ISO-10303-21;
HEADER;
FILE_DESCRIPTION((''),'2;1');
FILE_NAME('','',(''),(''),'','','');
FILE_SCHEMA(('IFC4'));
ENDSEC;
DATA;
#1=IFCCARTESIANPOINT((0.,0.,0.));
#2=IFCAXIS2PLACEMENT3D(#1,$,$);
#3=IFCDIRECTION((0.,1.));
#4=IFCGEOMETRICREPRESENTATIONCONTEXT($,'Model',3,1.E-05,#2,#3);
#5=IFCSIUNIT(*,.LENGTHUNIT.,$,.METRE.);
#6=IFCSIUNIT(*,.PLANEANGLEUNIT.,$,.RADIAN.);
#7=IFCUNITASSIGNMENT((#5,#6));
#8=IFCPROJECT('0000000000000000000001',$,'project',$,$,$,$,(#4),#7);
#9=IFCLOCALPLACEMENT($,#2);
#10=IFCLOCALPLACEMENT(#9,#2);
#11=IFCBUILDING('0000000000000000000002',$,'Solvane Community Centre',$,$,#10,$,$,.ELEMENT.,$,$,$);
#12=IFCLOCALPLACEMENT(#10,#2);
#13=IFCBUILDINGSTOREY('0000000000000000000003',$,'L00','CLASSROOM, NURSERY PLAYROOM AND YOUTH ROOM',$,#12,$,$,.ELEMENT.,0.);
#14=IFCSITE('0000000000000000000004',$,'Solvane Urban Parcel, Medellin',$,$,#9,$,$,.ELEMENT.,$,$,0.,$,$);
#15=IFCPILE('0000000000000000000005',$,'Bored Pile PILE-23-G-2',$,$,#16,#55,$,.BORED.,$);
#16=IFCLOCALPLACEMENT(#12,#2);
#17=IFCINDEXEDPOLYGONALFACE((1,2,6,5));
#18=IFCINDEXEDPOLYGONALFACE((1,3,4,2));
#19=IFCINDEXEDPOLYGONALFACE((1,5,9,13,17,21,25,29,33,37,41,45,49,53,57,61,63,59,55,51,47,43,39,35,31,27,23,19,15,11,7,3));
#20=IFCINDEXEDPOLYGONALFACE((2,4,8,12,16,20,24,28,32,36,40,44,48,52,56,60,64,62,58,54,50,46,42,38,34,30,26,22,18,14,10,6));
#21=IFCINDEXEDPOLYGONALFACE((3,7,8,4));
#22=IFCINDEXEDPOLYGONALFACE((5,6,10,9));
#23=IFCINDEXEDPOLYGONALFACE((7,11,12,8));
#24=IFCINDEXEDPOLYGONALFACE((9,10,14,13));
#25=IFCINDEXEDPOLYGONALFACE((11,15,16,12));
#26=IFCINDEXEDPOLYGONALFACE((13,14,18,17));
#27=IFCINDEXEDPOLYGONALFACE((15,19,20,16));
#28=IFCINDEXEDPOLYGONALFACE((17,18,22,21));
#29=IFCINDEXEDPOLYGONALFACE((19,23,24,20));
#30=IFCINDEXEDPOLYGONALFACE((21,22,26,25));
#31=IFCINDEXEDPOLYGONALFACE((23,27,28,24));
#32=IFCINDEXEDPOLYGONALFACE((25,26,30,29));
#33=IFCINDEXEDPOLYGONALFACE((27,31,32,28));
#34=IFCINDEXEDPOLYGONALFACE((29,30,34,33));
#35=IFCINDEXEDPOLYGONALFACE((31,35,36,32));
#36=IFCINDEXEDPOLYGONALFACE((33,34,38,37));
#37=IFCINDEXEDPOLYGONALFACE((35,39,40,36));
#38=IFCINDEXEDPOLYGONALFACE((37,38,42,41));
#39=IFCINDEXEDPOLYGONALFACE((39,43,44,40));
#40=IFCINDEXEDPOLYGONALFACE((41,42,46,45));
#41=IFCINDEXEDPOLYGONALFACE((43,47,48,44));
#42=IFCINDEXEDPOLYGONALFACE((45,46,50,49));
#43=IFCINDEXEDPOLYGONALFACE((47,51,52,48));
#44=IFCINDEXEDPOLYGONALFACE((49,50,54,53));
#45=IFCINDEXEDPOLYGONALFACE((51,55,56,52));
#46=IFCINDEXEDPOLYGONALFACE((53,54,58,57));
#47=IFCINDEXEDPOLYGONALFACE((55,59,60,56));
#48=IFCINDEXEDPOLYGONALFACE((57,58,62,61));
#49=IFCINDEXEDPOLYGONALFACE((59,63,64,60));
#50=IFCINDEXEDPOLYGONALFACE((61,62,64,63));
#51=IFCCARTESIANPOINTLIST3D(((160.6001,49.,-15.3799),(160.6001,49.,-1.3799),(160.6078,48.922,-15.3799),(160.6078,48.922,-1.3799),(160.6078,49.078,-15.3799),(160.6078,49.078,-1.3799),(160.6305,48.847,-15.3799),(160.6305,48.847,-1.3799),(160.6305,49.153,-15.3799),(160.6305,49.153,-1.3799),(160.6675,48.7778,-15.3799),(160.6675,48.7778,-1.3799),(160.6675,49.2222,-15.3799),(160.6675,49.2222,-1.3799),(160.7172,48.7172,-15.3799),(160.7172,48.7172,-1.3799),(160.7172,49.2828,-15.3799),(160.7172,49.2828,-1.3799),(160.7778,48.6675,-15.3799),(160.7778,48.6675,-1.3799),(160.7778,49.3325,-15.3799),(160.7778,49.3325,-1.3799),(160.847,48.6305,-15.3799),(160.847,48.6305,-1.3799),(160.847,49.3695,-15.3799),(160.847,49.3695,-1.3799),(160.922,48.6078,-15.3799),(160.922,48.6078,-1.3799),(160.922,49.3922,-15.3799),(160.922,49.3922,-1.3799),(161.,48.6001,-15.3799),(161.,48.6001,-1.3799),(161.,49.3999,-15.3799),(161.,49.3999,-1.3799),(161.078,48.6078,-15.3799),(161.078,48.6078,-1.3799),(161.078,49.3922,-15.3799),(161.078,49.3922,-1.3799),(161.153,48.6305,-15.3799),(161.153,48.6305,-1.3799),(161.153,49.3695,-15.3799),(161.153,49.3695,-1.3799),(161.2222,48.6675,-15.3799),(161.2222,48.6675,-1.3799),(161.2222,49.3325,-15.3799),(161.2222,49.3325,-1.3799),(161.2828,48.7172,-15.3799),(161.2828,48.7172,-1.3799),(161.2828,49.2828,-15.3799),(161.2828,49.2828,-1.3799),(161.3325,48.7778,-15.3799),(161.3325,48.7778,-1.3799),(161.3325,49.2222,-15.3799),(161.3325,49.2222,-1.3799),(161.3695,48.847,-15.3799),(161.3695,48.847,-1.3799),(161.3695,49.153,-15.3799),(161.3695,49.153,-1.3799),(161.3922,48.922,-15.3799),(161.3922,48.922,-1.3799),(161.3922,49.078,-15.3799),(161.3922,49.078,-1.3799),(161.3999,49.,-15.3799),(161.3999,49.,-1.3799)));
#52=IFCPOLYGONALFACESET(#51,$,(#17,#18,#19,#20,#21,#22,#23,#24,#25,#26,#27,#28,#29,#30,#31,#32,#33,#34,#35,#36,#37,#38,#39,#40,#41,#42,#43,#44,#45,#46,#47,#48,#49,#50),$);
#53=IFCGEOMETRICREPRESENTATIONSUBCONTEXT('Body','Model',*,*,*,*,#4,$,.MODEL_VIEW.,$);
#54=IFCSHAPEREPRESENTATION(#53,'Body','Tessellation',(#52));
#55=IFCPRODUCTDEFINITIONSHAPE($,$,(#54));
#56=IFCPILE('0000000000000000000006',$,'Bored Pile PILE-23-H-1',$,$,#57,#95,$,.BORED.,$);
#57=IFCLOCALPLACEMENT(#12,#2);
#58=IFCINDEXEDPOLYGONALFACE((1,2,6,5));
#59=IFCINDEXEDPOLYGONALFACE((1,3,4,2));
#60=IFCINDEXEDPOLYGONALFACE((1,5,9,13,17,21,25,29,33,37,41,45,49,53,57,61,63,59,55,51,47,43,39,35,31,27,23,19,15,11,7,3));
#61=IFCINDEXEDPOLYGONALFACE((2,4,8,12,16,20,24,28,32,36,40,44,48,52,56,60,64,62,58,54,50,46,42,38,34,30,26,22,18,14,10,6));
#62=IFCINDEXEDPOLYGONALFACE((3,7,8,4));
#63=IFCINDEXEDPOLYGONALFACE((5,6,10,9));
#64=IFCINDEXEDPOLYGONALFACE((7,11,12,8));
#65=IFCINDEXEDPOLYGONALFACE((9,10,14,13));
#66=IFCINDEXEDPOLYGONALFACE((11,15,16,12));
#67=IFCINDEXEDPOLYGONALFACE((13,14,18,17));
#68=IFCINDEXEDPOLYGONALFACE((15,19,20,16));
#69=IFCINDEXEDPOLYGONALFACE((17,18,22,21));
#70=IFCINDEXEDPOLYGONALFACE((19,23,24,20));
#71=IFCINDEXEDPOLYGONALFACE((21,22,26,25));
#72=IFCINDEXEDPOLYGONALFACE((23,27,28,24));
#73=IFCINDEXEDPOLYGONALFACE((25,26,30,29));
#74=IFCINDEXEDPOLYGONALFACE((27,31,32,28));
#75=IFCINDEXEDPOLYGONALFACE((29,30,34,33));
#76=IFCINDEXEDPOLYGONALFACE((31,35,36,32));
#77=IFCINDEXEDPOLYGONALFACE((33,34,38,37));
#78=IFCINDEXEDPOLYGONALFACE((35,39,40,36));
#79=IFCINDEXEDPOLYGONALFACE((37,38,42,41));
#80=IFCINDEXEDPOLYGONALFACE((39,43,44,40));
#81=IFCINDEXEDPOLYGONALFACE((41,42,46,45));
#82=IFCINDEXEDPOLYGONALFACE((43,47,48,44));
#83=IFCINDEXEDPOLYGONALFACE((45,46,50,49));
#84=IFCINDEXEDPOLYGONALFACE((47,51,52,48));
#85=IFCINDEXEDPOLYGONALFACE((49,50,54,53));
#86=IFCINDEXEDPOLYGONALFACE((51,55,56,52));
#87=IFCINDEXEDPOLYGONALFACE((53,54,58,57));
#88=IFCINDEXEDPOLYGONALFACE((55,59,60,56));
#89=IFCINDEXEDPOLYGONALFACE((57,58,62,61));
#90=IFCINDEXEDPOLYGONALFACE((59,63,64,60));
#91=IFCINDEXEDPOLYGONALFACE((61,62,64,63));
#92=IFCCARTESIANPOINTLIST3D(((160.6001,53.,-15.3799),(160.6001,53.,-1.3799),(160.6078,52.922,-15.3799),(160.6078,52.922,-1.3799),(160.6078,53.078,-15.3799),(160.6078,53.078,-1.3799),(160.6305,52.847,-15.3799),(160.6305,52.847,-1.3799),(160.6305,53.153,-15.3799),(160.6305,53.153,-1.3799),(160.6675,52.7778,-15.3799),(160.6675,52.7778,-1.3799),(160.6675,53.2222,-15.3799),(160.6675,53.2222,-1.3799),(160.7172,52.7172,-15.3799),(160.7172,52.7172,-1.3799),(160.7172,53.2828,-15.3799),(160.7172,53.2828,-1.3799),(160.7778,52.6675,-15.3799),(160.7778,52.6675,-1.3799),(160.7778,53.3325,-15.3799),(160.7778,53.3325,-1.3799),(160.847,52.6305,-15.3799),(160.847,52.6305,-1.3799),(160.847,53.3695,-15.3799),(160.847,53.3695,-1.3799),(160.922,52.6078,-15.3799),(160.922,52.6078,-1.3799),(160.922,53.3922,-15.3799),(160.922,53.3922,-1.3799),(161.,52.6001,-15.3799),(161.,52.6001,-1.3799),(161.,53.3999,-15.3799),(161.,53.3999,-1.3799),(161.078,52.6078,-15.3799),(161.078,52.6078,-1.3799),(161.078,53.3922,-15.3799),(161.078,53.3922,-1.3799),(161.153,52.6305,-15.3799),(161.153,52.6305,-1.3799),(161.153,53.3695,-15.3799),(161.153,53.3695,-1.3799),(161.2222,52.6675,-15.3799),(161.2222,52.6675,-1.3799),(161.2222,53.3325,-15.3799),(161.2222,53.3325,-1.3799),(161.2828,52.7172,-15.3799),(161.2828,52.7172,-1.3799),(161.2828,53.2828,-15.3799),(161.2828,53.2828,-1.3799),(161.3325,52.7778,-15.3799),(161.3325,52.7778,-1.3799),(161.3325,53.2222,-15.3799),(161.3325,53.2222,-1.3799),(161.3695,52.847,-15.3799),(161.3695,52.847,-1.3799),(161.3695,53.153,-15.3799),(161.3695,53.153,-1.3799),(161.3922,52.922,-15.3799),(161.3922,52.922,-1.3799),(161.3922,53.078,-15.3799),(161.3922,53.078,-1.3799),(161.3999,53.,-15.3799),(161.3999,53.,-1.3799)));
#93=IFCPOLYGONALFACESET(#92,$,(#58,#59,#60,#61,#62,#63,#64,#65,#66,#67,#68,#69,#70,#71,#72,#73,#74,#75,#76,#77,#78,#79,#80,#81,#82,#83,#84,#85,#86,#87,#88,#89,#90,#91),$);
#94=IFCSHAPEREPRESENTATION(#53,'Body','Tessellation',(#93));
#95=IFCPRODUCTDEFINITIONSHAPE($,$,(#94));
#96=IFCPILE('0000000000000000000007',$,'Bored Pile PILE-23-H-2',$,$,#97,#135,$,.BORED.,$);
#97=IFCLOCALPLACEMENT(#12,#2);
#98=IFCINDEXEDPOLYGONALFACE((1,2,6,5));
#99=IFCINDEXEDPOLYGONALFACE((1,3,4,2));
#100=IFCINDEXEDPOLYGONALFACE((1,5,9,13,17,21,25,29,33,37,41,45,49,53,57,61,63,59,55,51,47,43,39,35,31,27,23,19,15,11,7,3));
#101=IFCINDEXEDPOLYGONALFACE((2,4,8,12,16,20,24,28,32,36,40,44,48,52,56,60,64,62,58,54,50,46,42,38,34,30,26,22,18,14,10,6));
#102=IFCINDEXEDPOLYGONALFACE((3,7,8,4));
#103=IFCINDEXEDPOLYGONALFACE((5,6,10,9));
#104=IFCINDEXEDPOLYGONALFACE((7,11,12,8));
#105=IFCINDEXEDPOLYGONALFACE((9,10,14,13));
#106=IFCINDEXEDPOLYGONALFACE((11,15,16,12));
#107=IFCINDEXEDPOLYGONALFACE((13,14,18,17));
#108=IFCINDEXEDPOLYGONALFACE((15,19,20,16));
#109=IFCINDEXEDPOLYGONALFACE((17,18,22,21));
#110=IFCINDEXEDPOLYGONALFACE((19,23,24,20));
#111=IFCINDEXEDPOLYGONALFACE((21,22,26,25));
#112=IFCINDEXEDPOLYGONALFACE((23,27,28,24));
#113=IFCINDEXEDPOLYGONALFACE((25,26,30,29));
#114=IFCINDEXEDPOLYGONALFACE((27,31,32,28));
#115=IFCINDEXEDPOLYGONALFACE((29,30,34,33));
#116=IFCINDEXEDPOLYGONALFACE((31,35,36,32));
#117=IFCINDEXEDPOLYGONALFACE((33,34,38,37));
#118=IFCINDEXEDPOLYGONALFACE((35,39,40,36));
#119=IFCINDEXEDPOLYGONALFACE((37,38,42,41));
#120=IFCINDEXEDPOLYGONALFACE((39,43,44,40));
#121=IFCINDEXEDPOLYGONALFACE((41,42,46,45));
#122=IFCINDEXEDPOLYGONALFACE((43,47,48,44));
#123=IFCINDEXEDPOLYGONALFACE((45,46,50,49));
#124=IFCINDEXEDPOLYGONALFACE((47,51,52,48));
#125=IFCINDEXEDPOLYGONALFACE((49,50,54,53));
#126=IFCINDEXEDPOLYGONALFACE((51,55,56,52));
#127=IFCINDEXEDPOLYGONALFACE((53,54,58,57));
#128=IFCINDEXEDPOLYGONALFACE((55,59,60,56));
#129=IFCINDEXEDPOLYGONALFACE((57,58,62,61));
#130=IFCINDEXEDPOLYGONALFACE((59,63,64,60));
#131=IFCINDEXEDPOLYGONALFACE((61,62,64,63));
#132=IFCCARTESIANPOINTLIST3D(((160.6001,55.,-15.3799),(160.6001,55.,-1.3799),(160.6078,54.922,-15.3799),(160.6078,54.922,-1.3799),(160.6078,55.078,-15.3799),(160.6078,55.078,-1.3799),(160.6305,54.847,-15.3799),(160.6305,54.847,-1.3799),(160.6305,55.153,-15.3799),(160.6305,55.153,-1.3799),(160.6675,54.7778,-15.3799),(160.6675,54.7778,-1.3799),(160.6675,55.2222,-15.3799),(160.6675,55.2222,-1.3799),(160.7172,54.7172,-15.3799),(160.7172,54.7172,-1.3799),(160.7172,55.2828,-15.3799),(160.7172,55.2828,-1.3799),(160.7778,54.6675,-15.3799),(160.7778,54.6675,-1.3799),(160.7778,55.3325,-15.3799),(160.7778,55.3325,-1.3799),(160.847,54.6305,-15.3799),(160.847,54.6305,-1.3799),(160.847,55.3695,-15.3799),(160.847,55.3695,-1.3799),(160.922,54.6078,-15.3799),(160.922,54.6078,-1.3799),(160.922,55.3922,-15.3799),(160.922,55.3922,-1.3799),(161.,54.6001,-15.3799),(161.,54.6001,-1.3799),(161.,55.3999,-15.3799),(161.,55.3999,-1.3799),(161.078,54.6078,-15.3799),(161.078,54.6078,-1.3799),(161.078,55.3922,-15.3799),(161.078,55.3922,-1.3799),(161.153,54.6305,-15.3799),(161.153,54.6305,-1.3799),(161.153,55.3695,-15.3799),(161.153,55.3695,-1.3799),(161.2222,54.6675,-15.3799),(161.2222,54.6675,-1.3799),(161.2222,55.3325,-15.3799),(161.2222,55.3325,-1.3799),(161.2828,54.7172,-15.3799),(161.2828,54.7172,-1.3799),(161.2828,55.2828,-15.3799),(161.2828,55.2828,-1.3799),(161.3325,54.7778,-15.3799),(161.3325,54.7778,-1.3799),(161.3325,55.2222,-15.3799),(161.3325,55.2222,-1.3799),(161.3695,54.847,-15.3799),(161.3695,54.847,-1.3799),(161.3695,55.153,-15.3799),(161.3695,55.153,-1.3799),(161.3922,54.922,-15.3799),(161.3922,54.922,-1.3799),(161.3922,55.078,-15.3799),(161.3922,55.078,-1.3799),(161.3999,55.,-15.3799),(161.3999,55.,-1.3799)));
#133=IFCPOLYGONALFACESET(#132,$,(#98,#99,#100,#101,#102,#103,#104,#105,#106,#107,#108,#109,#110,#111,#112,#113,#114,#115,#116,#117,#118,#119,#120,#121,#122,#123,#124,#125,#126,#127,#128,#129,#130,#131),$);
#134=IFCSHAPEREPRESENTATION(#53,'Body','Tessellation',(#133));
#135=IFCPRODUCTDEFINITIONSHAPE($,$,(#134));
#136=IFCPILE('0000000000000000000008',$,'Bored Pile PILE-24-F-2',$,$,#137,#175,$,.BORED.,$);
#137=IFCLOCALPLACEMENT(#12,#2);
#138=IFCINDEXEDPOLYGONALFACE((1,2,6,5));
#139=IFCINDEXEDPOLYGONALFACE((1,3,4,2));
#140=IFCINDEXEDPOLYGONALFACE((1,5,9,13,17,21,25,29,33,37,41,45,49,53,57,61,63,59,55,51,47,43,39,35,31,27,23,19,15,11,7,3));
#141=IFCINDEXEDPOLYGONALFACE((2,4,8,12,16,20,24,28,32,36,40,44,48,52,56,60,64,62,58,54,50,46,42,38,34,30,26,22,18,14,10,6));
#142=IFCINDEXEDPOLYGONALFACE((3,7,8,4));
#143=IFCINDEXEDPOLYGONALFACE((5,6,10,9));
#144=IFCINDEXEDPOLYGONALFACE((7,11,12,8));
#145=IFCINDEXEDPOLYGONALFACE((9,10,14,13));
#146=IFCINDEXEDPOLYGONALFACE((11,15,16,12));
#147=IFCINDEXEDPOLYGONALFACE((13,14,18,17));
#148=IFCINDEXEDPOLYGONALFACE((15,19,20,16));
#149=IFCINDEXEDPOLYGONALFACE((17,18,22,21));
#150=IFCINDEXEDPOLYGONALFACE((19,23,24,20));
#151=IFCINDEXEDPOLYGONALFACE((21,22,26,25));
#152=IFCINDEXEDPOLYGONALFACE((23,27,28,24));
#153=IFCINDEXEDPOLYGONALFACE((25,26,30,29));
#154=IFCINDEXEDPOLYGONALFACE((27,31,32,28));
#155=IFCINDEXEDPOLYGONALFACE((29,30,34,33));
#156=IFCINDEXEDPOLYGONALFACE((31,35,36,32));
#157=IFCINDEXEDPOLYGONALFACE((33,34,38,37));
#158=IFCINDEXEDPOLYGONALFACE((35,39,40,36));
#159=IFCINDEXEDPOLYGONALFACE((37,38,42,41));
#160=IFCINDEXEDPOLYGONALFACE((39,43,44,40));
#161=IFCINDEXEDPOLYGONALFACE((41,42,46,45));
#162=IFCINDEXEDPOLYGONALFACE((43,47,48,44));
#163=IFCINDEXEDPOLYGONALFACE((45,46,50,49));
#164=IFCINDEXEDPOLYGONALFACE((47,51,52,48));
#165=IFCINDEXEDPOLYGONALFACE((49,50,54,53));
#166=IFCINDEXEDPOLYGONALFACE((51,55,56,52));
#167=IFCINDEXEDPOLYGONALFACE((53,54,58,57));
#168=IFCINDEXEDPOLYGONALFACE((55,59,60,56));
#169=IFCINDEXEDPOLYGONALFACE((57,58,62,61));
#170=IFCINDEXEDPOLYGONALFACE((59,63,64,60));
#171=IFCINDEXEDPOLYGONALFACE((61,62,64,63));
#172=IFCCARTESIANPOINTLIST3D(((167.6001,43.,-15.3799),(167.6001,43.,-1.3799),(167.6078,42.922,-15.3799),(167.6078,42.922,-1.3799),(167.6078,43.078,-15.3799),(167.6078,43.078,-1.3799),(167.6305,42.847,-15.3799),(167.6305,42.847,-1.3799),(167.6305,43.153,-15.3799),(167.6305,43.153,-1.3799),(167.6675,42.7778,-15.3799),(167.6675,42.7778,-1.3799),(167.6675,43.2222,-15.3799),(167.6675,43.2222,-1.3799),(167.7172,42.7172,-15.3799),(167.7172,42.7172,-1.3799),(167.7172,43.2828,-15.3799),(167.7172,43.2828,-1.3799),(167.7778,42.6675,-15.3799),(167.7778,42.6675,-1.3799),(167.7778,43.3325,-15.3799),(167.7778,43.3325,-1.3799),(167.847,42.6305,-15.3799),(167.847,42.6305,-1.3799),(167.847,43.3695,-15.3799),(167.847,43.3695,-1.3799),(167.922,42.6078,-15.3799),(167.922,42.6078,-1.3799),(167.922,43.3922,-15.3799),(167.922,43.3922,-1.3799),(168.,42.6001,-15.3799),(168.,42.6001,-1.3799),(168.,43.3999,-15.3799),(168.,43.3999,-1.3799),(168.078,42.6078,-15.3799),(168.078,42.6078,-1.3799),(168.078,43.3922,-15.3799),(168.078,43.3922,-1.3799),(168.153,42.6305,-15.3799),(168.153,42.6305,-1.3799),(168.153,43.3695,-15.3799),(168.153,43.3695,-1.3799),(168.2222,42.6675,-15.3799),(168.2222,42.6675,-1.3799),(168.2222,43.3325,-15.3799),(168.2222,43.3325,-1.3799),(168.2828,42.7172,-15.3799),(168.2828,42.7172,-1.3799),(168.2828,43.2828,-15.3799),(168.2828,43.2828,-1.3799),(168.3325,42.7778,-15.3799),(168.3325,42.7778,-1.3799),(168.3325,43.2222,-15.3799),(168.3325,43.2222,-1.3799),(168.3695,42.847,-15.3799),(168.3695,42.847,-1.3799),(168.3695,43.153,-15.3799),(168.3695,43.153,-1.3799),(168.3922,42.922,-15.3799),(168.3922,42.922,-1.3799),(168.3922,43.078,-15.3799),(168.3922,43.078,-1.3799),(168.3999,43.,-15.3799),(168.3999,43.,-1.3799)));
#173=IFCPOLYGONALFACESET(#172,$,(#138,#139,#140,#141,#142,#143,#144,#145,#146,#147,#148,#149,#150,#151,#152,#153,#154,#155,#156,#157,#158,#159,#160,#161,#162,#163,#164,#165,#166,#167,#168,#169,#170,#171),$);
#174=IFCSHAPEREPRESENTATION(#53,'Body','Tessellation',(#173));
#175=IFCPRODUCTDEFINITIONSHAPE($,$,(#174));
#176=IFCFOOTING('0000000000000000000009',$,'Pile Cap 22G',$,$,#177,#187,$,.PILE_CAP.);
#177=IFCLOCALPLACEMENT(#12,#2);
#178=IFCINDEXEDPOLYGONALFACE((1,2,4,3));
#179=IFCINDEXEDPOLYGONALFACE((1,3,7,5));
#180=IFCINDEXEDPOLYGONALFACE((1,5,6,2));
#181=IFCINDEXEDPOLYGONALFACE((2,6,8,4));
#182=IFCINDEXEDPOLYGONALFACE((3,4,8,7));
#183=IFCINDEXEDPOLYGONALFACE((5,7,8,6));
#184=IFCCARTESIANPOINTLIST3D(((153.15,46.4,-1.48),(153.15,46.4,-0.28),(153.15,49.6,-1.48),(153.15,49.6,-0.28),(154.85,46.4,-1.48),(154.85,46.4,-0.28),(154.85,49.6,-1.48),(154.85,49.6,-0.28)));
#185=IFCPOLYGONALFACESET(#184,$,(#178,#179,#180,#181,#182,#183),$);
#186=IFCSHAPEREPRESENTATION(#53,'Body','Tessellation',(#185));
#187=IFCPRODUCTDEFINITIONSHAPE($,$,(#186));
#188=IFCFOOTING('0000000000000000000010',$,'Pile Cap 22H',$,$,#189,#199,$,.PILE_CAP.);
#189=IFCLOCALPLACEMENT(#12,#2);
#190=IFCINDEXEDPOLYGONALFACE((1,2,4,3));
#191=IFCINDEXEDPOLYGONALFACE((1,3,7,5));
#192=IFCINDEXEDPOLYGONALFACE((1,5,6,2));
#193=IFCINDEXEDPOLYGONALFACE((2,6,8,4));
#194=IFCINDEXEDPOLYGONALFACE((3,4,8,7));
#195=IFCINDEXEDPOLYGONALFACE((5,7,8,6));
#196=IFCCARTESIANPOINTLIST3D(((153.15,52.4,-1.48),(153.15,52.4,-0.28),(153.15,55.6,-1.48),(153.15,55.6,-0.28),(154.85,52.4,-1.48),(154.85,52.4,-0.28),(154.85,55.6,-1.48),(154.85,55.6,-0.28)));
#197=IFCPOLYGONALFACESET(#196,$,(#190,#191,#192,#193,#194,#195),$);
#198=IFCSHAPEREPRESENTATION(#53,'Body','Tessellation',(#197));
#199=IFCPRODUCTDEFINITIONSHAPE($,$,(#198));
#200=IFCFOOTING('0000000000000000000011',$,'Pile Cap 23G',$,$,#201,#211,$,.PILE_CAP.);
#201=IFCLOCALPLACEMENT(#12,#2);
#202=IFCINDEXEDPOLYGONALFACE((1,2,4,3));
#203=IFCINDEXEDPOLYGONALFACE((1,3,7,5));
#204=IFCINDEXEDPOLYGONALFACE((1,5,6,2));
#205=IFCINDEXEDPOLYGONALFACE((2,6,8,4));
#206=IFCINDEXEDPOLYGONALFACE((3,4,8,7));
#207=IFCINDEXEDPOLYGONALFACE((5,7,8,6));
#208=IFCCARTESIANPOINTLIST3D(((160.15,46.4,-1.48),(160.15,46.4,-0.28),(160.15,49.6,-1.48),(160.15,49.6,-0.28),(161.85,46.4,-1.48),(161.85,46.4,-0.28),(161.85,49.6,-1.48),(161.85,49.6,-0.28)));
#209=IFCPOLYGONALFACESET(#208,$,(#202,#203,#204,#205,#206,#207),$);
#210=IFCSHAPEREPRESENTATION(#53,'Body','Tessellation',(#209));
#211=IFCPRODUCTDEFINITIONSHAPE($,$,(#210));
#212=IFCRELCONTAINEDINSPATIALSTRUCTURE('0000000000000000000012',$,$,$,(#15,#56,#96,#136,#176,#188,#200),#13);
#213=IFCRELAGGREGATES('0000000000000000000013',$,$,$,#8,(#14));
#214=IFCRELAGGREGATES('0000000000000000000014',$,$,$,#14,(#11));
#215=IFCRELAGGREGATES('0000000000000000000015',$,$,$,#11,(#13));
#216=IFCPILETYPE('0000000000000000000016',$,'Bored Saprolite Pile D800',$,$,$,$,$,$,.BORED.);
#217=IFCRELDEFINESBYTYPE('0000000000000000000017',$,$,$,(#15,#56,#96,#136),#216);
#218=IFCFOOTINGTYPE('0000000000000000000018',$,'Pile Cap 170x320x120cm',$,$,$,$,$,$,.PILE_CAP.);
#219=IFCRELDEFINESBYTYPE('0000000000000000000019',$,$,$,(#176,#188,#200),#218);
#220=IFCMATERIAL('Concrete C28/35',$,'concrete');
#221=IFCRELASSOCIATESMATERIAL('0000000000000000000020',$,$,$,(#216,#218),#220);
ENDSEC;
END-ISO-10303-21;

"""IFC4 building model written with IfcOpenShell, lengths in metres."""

from ifc_helpers import new_model, si_unit, direction, frame, origin, origin_2d, place, context, subcontext, project, spatial, rectangle, circle, extrude, material, material_profile, profile_set, type_object, element, save


model = new_model("IFC4")

# Units and contexts
model_context = context("Model", 3, precision=1e-05, world=origin(), true_north=direction((0.0, 1.0)))
body_context = subcontext(model_context, "Body", "Model", "MODEL_VIEW")
ifc_project = project(units=[si_unit("LENGTHUNIT", "METRE"), si_unit("PLANEANGLEUNIT", "RADIAN")], contexts=[model_context])

# Site, building, storey
site_placement = place(None, origin())
site = spatial("IfcSite", under=ifc_project, at=site_placement, Name="Solvane Urban Parcel, Medellin", CompositionType="ELEMENT", RefElevation=0.0)
building_placement = place(site_placement, origin())
building = spatial("IfcBuilding", under=site, at=building_placement, Name="Solvane Community Centre", CompositionType="ELEMENT")
storey_placement = place(building_placement, origin())
storey = spatial("IfcBuildingStorey", under=building, at=storey_placement, Name="L00", Description="CLASSROOM, NURSERY PLAYROOM AND YOUTH ROOM", CompositionType="ELEMENT", Elevation=0.0)

# Piles
ifc_material_1 = material(Name="Concrete C28/35", Category="concrete")
ifc_material_profile_1 = material_profile(ifc_material_1, circle(Radius=0.3999, at=origin_2d()), Name="PILE D800")
ifc_profile_set_1 = profile_set([ifc_material_profile_1], Name="Concrete C28/35")
pile_type = type_object("IfcPileType", Name="Bored Saprolite Pile D800", PredefinedType="BORED", material=ifc_profile_set_1)
for number, where, z_axis, x_axis, name in (
    (1, (161.0, 49.0, -1.3799), (0.0, 0.0, -1.0), (1.0, 0.0, 0.0), "Bored Pile PILE-23-G-2"),
    (2, (161.0, 53.0, -1.3799), (0.0, 0.0, -1.0), (1.0, 0.0, 0.0), "Bored Pile PILE-23-H-1"),
    (3, (161.0, 55.0, -1.3799), (0.0, 0.0, -1.0), (1.0, 0.0, 0.0), "Bored Pile PILE-23-H-2"),
    (4, (168.0, 43.0, -1.3799), (0.0, 0.0, -1.0), (1.0, 0.0, 0.0), "Bored Pile PILE-24-F-2"),
):
    element("IfcPile", number, at=place(storey_placement, frame(where, z_axis=z_axis, x_axis=x_axis)), inside=storey, type_object=pile_type, Name=name, PredefinedType="BORED", context=body_context, shape_type="SweptSolid", body=[
        extrude(circle(Radius=0.3999, at=origin_2d()), origin(), (0.0, 0.0, 1.0), 14.0),
    ])

# Footings
footing_type_1 = type_object("IfcFootingType", Name="Pile Cap 170x320x120cm", PredefinedType="PILE_CAP", material=ifc_material_1)
for number, where, z_axis, x_axis, name in (
    (5, (154.0, 48.0, -1.48), (0.0, 0.0, 1.0), (1.0, 0.0, 0.0), "Pile Cap 22G"),
    (6, (154.0, 54.0, -1.48), (0.0, 0.0, 1.0), (1.0, 0.0, 0.0), "Pile Cap 22H"),
    (7, (161.0, 48.0, -1.48), (0.0, 0.0, 1.0), (1.0, 0.0, 0.0), "Pile Cap 23G"),
):
    element("IfcFooting", number, at=place(storey_placement, frame(where, z_axis=z_axis, x_axis=x_axis)), inside=storey, type_object=footing_type_1, Name=name, PredefinedType="PILE_CAP", context=body_context, shape_type="SweptSolid", body=[
        extrude(rectangle(XDim=1.7, YDim=3.2, at=origin_2d()), origin(), (0.0, 0.0, 1.0), 1.2),
    ])

save(model, "model.ifc")
